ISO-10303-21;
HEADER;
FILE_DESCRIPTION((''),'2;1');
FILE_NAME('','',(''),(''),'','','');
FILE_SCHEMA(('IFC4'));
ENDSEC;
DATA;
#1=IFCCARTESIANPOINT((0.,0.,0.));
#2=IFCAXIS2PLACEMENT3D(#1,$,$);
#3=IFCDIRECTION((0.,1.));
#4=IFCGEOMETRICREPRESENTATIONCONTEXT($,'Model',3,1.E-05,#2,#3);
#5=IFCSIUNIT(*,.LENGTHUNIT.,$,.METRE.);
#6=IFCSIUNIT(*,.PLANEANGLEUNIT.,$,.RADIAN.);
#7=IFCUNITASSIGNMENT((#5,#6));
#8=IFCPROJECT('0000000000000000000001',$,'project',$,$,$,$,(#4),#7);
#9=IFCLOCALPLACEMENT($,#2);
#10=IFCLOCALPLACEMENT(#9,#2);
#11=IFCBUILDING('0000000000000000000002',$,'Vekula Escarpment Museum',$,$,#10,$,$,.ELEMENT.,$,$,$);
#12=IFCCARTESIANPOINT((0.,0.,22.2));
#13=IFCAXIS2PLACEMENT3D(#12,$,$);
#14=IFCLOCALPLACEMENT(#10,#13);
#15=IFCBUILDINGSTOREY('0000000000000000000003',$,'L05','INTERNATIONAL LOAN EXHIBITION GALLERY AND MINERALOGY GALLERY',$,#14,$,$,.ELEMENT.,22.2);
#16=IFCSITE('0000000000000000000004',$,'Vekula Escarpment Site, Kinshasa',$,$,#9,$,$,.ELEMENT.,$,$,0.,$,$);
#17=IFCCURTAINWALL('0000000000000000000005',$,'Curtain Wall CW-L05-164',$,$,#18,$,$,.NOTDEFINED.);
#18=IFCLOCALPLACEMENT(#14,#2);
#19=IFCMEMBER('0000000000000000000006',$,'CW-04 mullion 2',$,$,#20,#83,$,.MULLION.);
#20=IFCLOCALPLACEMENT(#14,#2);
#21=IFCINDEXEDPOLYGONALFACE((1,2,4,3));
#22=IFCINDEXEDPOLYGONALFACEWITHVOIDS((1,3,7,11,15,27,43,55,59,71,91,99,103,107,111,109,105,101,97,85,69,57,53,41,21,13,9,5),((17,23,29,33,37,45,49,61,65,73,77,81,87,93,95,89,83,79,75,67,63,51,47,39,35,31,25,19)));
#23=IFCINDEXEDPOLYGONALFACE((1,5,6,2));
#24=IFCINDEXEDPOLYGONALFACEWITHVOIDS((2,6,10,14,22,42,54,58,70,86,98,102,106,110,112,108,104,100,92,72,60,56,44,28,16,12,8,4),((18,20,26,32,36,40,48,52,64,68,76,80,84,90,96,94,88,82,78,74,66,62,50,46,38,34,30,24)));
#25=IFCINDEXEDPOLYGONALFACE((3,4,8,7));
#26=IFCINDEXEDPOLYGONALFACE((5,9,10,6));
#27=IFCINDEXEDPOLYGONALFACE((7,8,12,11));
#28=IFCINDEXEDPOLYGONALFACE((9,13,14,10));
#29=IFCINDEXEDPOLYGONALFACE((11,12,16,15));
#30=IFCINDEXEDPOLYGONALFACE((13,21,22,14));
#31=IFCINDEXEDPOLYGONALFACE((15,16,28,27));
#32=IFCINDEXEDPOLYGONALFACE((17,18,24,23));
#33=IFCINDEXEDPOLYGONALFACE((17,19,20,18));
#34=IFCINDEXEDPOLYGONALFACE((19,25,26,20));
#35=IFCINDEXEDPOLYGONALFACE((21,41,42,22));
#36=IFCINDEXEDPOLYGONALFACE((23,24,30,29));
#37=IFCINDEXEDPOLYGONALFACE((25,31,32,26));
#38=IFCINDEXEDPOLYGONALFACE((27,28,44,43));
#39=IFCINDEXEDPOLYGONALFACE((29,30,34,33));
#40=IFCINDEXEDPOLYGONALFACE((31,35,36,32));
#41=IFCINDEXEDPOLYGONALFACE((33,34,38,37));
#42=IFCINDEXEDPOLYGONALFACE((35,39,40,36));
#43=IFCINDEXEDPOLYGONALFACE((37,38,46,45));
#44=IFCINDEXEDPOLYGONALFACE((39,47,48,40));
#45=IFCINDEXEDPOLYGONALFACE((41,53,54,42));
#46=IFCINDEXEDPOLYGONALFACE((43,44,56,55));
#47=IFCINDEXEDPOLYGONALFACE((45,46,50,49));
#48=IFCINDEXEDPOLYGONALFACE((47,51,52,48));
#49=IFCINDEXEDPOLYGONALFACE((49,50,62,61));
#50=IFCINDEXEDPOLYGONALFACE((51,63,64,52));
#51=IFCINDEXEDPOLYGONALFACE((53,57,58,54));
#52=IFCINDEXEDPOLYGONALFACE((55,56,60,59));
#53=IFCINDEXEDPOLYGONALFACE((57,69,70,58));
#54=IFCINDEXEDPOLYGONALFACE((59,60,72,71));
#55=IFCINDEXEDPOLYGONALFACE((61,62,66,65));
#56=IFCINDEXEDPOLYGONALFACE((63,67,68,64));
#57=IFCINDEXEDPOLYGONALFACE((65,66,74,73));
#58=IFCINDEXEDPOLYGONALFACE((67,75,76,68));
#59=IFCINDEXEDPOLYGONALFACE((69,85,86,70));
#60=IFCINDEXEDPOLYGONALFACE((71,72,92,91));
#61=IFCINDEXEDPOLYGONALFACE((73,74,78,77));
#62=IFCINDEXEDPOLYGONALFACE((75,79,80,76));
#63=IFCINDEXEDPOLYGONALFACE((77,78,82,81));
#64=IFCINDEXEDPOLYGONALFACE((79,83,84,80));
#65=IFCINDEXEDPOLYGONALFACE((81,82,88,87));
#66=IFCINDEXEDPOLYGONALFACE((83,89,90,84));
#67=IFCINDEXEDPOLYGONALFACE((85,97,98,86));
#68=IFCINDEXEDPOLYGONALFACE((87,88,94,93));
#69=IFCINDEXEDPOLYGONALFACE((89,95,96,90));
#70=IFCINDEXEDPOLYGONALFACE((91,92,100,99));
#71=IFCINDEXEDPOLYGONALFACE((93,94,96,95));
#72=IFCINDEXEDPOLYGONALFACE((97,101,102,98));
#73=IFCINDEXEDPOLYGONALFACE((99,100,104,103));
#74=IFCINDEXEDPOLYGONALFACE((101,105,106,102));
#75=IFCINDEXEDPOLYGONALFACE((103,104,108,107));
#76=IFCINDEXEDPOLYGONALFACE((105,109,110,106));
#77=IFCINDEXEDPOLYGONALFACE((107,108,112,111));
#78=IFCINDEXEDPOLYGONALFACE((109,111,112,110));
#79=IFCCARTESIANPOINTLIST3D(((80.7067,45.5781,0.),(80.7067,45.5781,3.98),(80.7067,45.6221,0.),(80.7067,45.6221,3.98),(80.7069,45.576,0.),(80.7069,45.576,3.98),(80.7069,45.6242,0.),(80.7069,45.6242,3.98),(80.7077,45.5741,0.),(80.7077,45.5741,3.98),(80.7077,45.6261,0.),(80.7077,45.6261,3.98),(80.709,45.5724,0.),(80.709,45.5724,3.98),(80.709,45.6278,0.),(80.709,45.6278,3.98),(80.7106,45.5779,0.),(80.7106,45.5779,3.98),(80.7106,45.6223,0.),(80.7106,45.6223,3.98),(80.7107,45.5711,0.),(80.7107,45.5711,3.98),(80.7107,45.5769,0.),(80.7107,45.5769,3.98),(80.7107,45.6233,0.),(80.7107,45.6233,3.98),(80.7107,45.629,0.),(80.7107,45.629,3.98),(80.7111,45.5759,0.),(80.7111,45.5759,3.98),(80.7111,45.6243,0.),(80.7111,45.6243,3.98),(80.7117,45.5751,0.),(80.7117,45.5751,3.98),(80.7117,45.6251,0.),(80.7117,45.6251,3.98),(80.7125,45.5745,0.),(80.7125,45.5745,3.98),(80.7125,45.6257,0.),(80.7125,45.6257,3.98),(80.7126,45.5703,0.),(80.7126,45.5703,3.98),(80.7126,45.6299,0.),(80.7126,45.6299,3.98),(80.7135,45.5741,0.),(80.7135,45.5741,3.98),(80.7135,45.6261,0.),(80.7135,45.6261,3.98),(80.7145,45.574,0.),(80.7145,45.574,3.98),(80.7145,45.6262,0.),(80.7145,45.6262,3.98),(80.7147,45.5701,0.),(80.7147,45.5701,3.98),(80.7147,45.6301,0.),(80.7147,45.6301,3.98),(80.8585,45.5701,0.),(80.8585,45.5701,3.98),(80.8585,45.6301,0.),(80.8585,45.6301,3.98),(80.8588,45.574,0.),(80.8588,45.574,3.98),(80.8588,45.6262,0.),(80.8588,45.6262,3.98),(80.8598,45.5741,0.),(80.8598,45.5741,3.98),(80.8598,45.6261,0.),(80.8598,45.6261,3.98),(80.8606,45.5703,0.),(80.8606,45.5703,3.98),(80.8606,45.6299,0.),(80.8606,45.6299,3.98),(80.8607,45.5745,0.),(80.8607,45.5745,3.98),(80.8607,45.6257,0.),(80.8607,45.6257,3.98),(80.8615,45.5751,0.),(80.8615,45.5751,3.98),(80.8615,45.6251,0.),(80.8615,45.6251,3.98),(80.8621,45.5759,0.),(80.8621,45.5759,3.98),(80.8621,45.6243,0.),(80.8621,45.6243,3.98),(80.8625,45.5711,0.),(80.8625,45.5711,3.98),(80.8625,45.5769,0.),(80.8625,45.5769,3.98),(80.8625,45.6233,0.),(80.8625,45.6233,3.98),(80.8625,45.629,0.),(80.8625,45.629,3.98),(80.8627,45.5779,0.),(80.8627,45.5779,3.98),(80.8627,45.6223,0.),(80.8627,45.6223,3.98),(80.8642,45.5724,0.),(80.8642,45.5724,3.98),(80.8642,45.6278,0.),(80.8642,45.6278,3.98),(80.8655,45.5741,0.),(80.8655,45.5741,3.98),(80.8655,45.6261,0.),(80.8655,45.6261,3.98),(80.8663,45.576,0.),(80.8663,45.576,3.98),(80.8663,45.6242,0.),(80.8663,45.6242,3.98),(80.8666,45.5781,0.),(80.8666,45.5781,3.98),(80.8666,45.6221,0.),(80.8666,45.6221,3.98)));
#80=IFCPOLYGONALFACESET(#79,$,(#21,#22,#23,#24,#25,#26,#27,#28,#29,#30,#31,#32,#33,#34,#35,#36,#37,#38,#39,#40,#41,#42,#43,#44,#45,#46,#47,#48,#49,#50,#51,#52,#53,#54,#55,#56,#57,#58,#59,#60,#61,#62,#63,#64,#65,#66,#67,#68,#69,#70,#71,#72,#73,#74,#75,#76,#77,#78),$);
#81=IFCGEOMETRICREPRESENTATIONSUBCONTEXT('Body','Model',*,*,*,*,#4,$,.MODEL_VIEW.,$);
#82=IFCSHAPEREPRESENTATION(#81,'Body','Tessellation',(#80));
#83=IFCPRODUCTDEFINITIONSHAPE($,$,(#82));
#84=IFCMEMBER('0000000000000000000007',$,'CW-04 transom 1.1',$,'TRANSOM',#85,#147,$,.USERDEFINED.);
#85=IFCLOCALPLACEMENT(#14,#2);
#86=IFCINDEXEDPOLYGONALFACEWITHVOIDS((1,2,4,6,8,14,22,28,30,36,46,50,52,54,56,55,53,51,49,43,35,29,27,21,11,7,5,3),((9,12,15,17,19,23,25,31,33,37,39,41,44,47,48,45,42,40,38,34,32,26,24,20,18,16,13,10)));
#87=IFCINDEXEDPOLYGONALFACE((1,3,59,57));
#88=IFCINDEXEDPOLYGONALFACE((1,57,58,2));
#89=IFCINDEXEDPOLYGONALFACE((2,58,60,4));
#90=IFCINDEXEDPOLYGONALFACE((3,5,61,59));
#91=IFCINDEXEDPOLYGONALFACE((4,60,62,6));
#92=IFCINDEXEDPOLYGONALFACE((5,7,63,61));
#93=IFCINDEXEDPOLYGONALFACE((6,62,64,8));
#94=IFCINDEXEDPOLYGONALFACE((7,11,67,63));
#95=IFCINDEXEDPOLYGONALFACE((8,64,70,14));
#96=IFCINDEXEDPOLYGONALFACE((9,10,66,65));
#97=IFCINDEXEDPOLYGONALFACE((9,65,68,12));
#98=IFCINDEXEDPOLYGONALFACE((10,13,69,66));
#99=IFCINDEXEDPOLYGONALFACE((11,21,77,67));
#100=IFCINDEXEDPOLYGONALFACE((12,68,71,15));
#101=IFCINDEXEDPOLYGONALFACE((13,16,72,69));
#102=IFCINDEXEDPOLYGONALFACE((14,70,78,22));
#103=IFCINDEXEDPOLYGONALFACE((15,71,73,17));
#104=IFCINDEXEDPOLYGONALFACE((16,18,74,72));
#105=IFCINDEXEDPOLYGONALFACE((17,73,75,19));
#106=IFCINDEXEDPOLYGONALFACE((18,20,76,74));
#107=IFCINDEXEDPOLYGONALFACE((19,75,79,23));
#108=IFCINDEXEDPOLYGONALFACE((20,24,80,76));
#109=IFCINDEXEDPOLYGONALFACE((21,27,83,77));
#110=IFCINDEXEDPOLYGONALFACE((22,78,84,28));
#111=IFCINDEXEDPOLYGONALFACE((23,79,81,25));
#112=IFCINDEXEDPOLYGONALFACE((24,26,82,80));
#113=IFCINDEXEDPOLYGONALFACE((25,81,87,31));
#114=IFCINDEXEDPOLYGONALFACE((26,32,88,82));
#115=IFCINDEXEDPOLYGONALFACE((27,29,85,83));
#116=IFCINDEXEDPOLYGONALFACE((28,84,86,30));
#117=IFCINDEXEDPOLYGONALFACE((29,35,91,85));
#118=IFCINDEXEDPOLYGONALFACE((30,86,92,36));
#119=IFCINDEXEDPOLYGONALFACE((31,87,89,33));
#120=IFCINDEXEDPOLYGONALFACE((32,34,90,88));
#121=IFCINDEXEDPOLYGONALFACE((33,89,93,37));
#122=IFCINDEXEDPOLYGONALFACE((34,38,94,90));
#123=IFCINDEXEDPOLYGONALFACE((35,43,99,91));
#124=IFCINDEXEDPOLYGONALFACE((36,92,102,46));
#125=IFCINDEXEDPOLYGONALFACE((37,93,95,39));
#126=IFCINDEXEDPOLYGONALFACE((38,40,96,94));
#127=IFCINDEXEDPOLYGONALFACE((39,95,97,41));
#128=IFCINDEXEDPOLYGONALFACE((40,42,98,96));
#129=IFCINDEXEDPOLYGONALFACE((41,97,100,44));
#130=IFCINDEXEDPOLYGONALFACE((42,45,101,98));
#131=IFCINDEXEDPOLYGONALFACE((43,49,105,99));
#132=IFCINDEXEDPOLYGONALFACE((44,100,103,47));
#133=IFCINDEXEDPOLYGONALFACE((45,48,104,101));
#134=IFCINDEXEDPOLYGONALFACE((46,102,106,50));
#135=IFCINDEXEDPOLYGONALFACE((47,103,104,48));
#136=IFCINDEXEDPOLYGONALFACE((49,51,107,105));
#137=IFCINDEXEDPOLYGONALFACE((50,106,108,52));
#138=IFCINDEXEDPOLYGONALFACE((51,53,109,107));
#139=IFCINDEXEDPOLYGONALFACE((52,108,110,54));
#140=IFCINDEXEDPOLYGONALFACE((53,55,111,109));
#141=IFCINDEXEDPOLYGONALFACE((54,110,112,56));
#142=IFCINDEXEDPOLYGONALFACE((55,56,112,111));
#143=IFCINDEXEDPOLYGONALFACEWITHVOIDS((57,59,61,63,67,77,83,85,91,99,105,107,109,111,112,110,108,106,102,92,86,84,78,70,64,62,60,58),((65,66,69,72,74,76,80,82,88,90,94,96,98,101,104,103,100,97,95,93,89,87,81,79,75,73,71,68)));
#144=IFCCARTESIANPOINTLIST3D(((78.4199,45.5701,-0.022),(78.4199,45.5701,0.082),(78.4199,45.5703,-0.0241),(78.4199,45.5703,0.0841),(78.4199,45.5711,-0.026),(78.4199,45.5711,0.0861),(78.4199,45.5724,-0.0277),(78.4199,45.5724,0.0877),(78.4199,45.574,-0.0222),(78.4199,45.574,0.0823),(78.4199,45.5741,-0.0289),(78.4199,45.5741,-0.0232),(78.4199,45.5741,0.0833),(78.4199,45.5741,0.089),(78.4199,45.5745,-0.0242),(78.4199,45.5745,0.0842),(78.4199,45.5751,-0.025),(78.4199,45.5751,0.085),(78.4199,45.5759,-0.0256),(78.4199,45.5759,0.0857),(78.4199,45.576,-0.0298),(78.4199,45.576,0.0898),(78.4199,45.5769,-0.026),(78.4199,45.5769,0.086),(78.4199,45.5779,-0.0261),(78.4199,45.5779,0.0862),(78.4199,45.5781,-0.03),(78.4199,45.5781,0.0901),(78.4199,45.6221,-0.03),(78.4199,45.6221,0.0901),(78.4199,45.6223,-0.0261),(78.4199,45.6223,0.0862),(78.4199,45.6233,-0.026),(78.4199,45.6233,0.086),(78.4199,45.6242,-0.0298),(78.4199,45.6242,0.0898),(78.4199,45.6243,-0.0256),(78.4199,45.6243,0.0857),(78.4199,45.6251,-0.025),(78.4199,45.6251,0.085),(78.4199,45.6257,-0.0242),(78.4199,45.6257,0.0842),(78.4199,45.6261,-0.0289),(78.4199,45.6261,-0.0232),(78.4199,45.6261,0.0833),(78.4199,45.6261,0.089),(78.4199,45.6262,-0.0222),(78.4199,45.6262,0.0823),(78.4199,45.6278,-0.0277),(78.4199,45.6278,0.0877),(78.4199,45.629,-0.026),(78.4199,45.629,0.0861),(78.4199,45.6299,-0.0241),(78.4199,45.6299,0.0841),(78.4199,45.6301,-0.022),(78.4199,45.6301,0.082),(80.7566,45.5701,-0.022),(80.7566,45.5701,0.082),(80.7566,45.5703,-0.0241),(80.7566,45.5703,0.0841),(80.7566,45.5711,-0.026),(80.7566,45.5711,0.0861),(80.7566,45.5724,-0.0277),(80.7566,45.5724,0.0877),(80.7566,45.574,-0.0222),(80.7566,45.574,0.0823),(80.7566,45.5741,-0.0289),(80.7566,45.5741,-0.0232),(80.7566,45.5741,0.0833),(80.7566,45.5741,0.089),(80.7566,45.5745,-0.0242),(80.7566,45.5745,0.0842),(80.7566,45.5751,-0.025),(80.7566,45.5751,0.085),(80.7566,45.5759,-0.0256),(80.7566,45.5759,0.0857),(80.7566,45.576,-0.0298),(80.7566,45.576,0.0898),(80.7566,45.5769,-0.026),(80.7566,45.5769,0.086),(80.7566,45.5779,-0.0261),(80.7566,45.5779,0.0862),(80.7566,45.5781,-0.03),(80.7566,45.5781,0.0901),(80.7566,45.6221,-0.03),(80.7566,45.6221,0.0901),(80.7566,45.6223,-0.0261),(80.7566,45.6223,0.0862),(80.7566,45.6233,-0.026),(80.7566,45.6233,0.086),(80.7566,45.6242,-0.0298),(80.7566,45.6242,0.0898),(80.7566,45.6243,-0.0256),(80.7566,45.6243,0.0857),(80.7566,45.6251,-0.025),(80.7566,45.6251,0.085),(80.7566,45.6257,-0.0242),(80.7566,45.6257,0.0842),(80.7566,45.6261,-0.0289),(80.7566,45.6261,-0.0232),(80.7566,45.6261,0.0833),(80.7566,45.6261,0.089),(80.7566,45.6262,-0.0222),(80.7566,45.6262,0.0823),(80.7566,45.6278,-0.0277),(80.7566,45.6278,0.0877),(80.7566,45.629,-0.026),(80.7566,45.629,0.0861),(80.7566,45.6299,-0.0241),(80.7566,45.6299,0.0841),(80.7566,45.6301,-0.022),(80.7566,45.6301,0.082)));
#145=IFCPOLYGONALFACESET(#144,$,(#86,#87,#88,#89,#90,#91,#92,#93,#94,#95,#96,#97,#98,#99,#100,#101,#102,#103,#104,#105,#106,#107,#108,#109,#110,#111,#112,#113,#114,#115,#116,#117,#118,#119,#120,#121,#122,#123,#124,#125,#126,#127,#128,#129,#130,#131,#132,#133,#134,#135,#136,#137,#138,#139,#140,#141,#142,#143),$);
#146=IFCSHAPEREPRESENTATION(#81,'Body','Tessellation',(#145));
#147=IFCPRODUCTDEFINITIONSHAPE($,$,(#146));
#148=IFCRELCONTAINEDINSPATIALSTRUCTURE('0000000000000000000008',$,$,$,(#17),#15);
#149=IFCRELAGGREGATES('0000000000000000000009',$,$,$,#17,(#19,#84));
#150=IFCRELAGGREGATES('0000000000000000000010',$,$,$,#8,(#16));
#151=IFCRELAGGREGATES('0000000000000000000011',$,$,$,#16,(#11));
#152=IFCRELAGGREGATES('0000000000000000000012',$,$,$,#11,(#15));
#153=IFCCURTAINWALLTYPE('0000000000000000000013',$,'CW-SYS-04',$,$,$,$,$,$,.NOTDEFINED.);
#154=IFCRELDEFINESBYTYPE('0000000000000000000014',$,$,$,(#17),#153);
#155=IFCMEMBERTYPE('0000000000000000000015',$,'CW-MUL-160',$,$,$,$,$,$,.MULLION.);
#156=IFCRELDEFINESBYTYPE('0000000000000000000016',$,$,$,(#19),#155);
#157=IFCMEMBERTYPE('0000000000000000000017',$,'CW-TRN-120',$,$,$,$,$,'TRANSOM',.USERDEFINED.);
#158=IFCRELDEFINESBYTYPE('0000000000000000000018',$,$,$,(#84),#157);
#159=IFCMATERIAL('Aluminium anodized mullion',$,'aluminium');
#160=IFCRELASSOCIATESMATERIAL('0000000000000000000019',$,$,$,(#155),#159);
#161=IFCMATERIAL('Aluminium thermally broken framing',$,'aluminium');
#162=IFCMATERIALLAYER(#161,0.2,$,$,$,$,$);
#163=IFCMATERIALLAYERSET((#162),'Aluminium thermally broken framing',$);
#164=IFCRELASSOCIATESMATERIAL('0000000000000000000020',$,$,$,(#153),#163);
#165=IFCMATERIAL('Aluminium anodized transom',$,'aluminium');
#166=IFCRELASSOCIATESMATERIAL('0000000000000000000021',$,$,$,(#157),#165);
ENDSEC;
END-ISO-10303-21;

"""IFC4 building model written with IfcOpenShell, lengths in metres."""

from ifc_helpers import new_model, si_unit, direction, frame, origin, origin_2d, place, context, subcontext, project, spatial, hollow_rectangle, extrude, material, layer, layer_set, material_profile, profile_set, type_object, element, aggregate, save


model = new_model("IFC4")

# Units and contexts
model_context = context("Model", 3, precision=1e-05, world=origin(), true_north=direction((0.0, 1.0)))
body_context = subcontext(model_context, "Body", "Model", "MODEL_VIEW")
ifc_project = project(units=[si_unit("LENGTHUNIT", "METRE"), si_unit("PLANEANGLEUNIT", "RADIAN")], contexts=[model_context])

# Site, building, storey
site_placement = place(None, origin())
site = spatial("IfcSite", under=ifc_project, at=site_placement, Name="Vekula Escarpment Site, Kinshasa", CompositionType="ELEMENT", RefElevation=0.0)
building_placement = place(site_placement, origin())
building = spatial("IfcBuilding", under=site, at=building_placement, Name="Vekula Escarpment Museum", CompositionType="ELEMENT")
storey_placement = place(building_placement, frame((0.0, 0.0, 22.2)))
storey = spatial("IfcBuildingStorey", under=building, at=storey_placement, Name="L05", Description="INTERNATIONAL LOAN EXHIBITION GALLERY AND MINERALOGY GALLERY", CompositionType="ELEMENT", Elevation=22.2)

# Shared definitions
ifc_material_1 = material(Name="Aluminium anodized mullion", Category="aluminium")
ifc_material_profile_1 = material_profile(ifc_material_1, hollow_rectangle(XDim=0.0601, YDim=0.1599, WallThickness=0.0039, InnerFilletRadius=0.0039, OuterFilletRadius=0.0081, at=origin_2d()), Name="ALU 160x60x4")
ifc_profile_set_1 = profile_set([ifc_material_profile_1], Name="Aluminium anodized mullion")
member_type_1 = type_object("IfcMemberType", Name="CW-MUL-160", PredefinedType="MULLION", material=ifc_profile_set_1)

# Curtain wall, members
ifc_material_2 = material(Name="Aluminium thermally broken framing", Category="aluminium")
ifc_layer_1 = layer(ifc_material_2, 0.2)
ifc_layer_set_1 = layer_set([ifc_layer_1], Name="Aluminium thermally broken framing")
curtain_wall_type_1 = type_object("IfcCurtainWallType", Name="CW-SYS-04", PredefinedType="NOTDEFINED", material=ifc_layer_set_1)
curtain_wall_1_placement = place(storey_placement, origin())
curtain_wall_1 = element("IfcCurtainWall", 1, at=curtain_wall_1_placement, inside=storey, type_object=curtain_wall_type_1, Name="Curtain Wall CW-L05-164", PredefinedType="NOTDEFINED")
member_1_placement = place(storey_placement, frame((80.7866, 45.6001, 0.0), z_axis=(0.0, 0.0, 1.0), x_axis=(0.0, 1.0, 0.0)))
member_1 = element("IfcMember", 2, at=member_1_placement, type_object=member_type_1, Name="CW-04 mullion 2", PredefinedType="MULLION", context=body_context, shape_type="SweptSolid", body=[
    extrude(hollow_rectangle(XDim=0.0601, YDim=0.1599, WallThickness=0.0039, InnerFilletRadius=0.0039, OuterFilletRadius=0.0081, at=origin_2d()), origin(), (0.0, 0.0, 1.0), 3.98),
])
ifc_material_3 = material(Name="Aluminium anodized transom", Category="aluminium")
ifc_material_profile_2 = material_profile(ifc_material_3, hollow_rectangle(XDim=0.0601, YDim=0.1201, WallThickness=0.0039, InnerFilletRadius=0.0039, OuterFilletRadius=0.0081, at=origin_2d()), Name="ALU 120x60x4")
ifc_profile_set_2 = profile_set([ifc_material_profile_2], Name="Aluminium anodized transom")
member_type_2 = type_object("IfcMemberType", Name="CW-TRN-120", ElementType="TRANSOM", PredefinedType="USERDEFINED", material=ifc_profile_set_2)
member_2_placement = place(storey_placement, frame((78.4199, 45.6001, 0.03), z_axis=(1.0, 0.0, 0.0), x_axis=(0.0, 1.0, 0.0)))
member_2 = element("IfcMember", 3, at=member_2_placement, type_object=member_type_2, Name="CW-04 transom 1.1", ObjectType="TRANSOM", PredefinedType="USERDEFINED", context=body_context, shape_type="SweptSolid", body=[
    extrude(hollow_rectangle(XDim=0.0601, YDim=0.1201, WallThickness=0.0039, InnerFilletRadius=0.0039, OuterFilletRadius=0.0081, at=origin_2d()), origin(), (0.0, 0.0, 1.0), 2.3367),
])

aggregate(curtain_wall_1, [member_1, member_2])

save(model, "model.ifc")
